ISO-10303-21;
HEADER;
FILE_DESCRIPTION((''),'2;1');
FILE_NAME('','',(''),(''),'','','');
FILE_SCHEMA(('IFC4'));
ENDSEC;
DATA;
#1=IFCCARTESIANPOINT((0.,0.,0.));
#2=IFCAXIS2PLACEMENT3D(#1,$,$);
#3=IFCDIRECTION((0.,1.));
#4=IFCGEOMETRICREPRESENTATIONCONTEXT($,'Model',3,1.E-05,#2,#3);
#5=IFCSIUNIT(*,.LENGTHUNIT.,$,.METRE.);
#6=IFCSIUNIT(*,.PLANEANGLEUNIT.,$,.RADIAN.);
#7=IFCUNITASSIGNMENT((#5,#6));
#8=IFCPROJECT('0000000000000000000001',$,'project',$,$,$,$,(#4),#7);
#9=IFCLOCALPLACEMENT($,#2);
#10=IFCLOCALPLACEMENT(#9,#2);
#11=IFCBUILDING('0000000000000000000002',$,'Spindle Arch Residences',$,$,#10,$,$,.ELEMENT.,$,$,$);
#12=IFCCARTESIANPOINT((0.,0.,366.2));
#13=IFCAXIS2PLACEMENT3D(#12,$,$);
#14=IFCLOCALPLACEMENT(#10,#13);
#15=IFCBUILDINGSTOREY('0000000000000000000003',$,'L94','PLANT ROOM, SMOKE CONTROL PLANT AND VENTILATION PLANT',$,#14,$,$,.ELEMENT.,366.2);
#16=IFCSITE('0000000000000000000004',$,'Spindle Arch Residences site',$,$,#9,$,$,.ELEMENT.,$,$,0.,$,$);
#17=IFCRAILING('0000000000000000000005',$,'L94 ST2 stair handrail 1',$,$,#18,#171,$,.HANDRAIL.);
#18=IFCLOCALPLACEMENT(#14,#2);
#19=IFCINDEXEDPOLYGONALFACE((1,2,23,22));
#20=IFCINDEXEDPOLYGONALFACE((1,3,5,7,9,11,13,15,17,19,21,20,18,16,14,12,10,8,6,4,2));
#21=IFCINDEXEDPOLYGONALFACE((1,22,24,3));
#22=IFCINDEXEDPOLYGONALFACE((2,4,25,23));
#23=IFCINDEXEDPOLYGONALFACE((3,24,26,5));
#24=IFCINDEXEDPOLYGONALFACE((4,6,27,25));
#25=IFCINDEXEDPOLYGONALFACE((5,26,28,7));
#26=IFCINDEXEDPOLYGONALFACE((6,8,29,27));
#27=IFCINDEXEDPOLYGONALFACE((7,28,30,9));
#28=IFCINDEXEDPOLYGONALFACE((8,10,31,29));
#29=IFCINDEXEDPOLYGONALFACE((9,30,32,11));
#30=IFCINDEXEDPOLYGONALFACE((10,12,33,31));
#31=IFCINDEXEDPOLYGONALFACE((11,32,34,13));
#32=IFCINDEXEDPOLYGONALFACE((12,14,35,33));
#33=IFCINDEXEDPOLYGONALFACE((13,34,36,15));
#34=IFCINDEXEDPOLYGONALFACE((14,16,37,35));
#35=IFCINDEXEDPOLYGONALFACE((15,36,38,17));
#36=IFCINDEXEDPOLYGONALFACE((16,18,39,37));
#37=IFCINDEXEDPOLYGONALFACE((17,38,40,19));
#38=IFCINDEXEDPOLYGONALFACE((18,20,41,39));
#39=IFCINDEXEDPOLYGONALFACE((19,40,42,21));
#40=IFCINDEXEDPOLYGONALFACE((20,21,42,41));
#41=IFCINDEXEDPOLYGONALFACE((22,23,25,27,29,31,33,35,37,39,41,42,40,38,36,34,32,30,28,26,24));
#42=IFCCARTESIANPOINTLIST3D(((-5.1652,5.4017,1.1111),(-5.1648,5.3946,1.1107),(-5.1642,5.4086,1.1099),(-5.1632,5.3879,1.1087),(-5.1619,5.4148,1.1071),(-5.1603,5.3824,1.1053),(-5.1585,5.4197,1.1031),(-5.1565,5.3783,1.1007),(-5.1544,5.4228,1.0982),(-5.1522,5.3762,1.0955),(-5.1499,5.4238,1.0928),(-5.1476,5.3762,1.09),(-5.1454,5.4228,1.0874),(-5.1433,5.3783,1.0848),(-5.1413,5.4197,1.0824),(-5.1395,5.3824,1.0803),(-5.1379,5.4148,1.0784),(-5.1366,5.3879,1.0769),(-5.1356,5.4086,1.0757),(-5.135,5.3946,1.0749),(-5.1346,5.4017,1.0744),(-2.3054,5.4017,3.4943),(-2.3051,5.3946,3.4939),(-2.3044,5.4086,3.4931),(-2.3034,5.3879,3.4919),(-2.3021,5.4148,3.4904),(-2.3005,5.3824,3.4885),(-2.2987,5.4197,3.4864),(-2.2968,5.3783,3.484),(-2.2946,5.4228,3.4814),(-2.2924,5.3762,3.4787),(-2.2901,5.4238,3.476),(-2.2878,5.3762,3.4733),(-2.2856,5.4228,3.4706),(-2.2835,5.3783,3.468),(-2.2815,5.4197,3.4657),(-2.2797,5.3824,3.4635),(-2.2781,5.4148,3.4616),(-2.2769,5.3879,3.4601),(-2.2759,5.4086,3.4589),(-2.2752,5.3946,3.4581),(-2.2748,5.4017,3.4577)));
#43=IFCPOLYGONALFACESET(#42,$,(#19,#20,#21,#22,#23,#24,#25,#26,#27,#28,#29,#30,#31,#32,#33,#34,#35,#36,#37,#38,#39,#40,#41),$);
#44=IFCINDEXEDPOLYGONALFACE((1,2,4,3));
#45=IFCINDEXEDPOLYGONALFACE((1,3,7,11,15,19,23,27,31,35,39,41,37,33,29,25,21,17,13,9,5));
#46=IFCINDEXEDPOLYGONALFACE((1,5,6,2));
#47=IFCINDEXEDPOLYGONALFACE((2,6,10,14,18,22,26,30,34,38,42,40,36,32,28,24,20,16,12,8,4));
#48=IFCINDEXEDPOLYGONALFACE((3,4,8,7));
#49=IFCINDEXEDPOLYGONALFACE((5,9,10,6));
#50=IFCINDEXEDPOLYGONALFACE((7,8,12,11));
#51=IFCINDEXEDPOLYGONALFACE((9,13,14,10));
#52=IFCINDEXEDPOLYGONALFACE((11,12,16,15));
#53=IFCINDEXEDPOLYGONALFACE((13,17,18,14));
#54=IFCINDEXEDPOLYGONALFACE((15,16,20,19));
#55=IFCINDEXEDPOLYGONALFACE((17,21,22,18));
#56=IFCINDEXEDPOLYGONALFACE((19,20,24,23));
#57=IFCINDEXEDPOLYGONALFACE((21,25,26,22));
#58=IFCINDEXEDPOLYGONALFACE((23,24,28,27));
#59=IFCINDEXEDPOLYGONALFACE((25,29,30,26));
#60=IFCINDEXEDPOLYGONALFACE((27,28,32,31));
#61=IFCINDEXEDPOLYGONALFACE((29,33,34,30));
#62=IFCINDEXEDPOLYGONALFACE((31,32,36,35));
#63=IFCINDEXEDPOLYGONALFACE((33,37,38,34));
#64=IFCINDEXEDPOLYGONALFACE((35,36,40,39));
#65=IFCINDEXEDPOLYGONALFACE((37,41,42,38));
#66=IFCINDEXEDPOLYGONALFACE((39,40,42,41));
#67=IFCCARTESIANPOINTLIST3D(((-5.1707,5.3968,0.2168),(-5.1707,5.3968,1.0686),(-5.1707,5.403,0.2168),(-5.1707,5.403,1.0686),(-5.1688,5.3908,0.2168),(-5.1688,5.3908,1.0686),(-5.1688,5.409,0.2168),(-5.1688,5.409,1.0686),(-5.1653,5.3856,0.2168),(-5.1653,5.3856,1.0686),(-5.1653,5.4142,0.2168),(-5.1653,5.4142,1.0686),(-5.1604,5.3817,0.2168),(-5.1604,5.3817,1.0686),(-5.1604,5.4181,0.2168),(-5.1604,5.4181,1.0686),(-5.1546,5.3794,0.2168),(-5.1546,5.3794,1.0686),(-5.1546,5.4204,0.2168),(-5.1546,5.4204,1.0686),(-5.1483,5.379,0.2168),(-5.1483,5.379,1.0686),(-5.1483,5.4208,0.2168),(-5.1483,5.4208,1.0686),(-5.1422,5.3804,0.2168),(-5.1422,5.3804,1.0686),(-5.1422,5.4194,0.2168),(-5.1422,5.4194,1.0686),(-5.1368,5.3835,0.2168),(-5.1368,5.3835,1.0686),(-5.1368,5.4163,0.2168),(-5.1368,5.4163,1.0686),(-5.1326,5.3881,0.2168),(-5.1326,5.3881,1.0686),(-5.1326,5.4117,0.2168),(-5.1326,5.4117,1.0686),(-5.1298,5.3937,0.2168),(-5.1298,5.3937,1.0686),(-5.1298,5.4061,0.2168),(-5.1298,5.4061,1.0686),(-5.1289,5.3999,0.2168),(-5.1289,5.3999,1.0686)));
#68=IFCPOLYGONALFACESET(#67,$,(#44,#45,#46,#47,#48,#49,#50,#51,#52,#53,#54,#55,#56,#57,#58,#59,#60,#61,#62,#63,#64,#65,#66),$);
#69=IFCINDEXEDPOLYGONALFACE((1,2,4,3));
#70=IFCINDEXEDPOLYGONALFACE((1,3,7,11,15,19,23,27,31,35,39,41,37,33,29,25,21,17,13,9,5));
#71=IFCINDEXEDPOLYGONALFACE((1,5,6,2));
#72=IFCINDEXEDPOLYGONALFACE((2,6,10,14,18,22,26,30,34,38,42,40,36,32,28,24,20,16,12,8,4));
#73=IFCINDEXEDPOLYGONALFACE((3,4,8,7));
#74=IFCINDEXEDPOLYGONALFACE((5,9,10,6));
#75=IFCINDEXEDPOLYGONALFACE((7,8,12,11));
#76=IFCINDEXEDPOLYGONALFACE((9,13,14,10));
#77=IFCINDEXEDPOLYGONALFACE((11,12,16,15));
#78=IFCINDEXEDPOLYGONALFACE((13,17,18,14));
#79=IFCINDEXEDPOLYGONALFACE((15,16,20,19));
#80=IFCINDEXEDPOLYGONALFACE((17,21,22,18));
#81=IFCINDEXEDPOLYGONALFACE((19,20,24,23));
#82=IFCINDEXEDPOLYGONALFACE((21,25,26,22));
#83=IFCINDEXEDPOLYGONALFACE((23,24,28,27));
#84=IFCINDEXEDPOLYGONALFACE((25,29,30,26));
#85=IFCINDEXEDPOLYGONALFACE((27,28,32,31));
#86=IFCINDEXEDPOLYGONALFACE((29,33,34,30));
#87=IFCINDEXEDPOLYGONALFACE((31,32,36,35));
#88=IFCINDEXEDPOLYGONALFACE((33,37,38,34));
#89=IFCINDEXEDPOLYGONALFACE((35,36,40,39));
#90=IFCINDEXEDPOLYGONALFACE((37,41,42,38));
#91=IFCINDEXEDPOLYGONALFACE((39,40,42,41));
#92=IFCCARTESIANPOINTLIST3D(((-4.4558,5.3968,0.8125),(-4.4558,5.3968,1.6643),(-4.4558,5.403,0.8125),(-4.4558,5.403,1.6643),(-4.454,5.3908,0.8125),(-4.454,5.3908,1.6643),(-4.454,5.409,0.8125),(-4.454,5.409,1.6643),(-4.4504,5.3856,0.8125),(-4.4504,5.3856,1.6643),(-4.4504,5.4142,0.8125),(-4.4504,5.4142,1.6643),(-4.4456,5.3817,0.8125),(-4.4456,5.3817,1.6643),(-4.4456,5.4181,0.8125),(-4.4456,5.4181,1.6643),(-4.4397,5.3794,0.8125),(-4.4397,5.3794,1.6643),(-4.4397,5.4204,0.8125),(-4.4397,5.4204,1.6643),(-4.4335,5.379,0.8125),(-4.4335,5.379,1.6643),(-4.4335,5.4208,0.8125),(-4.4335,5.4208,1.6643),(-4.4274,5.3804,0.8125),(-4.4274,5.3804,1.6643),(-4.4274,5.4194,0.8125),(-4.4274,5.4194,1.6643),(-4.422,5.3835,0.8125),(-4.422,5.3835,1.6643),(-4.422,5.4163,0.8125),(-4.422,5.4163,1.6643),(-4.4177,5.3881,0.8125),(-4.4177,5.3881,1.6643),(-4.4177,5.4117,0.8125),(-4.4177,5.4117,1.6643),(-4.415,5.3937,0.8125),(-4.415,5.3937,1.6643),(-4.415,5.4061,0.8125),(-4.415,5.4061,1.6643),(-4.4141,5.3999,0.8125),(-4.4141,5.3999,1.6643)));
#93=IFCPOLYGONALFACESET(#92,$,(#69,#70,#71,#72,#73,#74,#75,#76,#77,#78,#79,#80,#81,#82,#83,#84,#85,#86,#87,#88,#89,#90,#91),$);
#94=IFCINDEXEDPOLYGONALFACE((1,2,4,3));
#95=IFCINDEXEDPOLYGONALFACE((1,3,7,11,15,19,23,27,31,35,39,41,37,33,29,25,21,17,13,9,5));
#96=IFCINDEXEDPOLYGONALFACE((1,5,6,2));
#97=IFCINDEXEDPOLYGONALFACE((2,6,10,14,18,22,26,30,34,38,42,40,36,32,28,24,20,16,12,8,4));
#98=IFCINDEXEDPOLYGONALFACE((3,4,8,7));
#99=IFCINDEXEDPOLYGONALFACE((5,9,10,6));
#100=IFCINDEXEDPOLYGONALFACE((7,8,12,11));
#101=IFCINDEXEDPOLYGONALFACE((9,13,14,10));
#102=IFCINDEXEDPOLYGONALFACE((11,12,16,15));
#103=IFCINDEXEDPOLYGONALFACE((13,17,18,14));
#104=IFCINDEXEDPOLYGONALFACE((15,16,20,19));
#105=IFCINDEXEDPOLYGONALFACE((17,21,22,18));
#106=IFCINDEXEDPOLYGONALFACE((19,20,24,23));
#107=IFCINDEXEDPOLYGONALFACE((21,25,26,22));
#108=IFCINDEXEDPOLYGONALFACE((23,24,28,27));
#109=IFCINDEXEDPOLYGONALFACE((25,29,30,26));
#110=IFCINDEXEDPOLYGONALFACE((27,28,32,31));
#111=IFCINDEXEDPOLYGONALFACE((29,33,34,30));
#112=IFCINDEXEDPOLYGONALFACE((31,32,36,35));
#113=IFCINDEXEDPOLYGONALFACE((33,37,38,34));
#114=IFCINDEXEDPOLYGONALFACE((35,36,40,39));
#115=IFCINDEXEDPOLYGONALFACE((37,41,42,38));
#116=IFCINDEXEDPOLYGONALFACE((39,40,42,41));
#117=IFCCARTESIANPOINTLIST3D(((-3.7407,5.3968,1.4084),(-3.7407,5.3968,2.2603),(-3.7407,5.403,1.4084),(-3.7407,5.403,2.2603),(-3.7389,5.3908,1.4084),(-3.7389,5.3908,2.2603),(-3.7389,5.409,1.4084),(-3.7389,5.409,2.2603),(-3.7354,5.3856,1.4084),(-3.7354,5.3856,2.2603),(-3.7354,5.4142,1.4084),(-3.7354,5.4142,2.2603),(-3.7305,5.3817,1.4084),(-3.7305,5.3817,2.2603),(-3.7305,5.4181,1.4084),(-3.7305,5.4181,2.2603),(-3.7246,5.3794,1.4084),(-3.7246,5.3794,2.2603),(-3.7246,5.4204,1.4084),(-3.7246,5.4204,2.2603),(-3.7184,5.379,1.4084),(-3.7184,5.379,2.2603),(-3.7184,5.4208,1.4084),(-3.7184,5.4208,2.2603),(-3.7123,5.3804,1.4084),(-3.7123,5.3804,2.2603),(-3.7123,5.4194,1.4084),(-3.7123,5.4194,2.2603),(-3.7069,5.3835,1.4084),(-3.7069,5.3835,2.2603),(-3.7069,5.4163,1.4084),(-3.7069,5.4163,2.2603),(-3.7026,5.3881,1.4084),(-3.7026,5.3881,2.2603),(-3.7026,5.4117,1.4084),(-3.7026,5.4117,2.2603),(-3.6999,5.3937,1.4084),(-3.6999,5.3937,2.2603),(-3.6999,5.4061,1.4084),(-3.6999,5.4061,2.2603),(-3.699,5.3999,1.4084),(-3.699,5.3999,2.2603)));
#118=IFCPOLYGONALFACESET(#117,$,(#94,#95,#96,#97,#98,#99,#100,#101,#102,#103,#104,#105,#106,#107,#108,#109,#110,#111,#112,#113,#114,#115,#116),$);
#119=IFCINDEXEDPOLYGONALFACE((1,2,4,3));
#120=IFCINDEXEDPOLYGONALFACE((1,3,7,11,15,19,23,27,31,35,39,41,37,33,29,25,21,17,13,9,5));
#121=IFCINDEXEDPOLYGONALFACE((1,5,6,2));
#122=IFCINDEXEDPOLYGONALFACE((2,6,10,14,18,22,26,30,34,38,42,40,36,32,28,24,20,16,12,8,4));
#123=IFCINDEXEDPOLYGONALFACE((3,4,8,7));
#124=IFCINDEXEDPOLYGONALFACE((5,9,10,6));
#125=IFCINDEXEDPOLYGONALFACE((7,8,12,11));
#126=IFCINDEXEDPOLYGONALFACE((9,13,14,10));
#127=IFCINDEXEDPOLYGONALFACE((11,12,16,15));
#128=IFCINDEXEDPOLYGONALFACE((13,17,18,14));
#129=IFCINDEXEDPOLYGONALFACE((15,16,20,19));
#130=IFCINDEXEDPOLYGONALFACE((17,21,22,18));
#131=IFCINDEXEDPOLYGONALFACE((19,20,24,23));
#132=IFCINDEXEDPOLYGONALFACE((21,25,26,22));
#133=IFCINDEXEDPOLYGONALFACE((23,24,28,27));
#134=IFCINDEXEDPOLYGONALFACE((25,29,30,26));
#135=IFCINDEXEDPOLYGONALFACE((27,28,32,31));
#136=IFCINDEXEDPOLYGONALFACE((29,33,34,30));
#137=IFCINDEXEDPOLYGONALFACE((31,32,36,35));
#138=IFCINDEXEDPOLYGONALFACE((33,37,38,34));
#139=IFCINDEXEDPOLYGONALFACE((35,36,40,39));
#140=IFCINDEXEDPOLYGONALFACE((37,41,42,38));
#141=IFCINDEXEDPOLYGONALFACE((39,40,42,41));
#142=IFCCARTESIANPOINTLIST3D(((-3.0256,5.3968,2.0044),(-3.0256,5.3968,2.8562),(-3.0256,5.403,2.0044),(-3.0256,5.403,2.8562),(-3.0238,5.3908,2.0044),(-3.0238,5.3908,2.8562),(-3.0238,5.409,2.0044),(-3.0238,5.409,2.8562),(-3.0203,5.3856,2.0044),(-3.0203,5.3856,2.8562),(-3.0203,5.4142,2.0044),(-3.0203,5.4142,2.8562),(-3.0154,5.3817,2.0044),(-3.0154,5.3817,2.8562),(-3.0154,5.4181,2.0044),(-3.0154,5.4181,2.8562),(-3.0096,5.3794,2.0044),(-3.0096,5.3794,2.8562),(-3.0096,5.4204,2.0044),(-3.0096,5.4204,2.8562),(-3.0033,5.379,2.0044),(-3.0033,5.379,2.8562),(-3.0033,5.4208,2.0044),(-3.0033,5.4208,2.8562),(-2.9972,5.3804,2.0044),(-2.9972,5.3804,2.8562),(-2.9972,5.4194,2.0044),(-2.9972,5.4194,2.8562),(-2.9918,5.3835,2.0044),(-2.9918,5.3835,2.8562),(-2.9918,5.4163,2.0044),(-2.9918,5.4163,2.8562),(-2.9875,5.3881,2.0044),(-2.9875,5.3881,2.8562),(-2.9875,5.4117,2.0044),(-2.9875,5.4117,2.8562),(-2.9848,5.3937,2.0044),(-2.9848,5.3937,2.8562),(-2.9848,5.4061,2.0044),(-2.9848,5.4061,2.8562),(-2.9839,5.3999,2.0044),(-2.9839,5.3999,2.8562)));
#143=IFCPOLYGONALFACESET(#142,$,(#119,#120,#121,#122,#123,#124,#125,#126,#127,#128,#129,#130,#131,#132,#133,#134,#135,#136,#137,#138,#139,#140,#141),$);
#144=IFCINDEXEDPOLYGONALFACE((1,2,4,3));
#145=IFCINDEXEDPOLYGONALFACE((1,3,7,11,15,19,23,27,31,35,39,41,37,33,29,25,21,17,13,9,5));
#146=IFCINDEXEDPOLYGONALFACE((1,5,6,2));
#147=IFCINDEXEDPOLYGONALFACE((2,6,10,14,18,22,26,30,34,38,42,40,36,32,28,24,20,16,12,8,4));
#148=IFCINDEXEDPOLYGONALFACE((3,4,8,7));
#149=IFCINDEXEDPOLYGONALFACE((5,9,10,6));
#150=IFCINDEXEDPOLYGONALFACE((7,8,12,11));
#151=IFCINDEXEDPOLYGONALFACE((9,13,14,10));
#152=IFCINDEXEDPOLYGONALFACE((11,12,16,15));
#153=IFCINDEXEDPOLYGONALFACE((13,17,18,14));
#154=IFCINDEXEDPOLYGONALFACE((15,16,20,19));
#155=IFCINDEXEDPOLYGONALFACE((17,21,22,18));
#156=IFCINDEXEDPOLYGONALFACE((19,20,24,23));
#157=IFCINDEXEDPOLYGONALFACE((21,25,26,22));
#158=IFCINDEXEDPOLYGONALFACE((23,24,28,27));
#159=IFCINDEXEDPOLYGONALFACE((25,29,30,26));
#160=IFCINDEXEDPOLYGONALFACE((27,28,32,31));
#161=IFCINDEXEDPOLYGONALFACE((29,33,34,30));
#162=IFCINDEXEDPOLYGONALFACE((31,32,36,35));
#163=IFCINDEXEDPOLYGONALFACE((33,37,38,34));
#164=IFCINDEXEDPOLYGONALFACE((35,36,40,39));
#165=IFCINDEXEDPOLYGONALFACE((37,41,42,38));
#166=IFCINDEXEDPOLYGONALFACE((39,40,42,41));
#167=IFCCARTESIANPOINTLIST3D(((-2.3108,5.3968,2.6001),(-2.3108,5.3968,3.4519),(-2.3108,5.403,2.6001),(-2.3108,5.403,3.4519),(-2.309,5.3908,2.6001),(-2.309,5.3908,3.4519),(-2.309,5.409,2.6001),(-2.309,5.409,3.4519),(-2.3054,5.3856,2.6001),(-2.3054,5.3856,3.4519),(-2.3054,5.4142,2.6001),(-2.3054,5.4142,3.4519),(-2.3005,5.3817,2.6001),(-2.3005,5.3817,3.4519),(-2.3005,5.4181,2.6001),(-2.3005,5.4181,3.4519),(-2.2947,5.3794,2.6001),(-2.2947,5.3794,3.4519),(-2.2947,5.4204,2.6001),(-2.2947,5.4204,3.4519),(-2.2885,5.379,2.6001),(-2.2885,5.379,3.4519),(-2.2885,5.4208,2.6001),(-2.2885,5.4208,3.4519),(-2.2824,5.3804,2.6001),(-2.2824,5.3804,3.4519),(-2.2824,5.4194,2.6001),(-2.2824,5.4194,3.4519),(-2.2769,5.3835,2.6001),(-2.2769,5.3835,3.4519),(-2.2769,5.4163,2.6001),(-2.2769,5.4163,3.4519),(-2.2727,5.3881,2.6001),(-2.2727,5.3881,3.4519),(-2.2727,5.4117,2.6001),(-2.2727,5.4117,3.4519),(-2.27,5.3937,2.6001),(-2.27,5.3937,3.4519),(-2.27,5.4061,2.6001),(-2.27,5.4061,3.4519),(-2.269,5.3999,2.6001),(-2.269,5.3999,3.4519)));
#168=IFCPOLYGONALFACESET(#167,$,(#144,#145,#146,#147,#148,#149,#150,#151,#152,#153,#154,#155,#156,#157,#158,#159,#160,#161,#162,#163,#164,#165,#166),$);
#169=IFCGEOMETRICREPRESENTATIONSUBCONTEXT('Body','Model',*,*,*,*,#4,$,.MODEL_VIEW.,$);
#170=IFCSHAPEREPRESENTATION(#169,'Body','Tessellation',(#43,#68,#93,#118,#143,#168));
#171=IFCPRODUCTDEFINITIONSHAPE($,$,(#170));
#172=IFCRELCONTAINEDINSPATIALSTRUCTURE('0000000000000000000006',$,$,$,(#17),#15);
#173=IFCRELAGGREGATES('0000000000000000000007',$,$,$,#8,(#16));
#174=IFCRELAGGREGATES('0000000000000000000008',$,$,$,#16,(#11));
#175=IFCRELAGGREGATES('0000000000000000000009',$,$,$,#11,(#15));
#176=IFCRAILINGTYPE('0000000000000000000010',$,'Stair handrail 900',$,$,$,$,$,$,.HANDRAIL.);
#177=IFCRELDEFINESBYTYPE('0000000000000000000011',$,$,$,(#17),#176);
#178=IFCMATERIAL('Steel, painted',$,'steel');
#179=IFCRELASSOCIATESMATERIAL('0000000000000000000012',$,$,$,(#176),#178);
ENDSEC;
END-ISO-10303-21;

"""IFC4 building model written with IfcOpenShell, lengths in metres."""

from ifc_helpers import new_model, si_unit, direction, frame, origin, origin_2d, place, context, subcontext, project, spatial, circle, extrude, material, type_object, element, save


model = new_model("IFC4")

# Units and contexts
model_context = context("Model", 3, precision=1e-05, world=origin(), true_north=direction((0.0, 1.0)))
body_context = subcontext(model_context, "Body", "Model", "MODEL_VIEW")
ifc_project = project(units=[si_unit("LENGTHUNIT", "METRE"), si_unit("PLANEANGLEUNIT", "RADIAN")], contexts=[model_context])

# Site, building, storey
site_placement = place(None, origin())
site = spatial("IfcSite", under=ifc_project, at=site_placement, Name="Spindle Arch Residences site", CompositionType="ELEMENT", RefElevation=0.0)
building_placement = place(site_placement, origin())
building = spatial("IfcBuilding", under=site, at=building_placement, Name="Spindle Arch Residences", CompositionType="ELEMENT")
storey_placement = place(building_placement, frame((0.0, 0.0, 366.2)))
storey = spatial("IfcBuildingStorey", under=building, at=storey_placement, Name="L94", Description="PLANT ROOM, SMOKE CONTROL PLANT AND VENTILATION PLANT", CompositionType="ELEMENT", Elevation=366.2)

# Railing
ifc_material_1 = material(Name="Steel, painted", Category="steel")
railing_type_1 = type_object("IfcRailingType", Name="Stair handrail 900", PredefinedType="HANDRAIL", material=ifc_material_1)
railing_1_placement = place(storey_placement, frame((-5.1499, 5.3999, 0.2168)))
element("IfcRailing", 1, at=railing_1_placement, inside=storey, type_object=railing_type_1, Name="L94 ST2 stair handrail 1", PredefinedType="HANDRAIL", context=body_context, shape_type="SweptSolid", body=[
    extrude(circle(Radius=0.0239, at=origin_2d()), frame((0.0, 0.0, 0.876), z_axis=(0.768211, 0.0, 0.640197), x_axis=(0.0, 1.0, 0.0)), (0.0, 0.0, 1.0), 3.7227),
    extrude(circle(Radius=0.021, at=origin_2d()), origin(), (0.0, 0.0, 1.0), 0.8518),
    extrude(circle(Radius=0.021, at=origin_2d()), frame((0.7148, 0.0, 0.5957)), (0.0, 0.0, 1.0), 0.8518),
    extrude(circle(Radius=0.021, at=origin_2d()), frame((1.4299, 0.0, 1.1917)), (0.0, 0.0, 1.0), 0.8518),
    extrude(circle(Radius=0.021, at=origin_2d()), frame((2.145, 0.0, 1.7876)), (0.0, 0.0, 1.0), 0.8518),
    extrude(circle(Radius=0.021, at=origin_2d()), frame((2.8599, 0.0, 2.3833)), (0.0, 0.0, 1.0), 0.8518),
])

save(model, "model.ifc")
